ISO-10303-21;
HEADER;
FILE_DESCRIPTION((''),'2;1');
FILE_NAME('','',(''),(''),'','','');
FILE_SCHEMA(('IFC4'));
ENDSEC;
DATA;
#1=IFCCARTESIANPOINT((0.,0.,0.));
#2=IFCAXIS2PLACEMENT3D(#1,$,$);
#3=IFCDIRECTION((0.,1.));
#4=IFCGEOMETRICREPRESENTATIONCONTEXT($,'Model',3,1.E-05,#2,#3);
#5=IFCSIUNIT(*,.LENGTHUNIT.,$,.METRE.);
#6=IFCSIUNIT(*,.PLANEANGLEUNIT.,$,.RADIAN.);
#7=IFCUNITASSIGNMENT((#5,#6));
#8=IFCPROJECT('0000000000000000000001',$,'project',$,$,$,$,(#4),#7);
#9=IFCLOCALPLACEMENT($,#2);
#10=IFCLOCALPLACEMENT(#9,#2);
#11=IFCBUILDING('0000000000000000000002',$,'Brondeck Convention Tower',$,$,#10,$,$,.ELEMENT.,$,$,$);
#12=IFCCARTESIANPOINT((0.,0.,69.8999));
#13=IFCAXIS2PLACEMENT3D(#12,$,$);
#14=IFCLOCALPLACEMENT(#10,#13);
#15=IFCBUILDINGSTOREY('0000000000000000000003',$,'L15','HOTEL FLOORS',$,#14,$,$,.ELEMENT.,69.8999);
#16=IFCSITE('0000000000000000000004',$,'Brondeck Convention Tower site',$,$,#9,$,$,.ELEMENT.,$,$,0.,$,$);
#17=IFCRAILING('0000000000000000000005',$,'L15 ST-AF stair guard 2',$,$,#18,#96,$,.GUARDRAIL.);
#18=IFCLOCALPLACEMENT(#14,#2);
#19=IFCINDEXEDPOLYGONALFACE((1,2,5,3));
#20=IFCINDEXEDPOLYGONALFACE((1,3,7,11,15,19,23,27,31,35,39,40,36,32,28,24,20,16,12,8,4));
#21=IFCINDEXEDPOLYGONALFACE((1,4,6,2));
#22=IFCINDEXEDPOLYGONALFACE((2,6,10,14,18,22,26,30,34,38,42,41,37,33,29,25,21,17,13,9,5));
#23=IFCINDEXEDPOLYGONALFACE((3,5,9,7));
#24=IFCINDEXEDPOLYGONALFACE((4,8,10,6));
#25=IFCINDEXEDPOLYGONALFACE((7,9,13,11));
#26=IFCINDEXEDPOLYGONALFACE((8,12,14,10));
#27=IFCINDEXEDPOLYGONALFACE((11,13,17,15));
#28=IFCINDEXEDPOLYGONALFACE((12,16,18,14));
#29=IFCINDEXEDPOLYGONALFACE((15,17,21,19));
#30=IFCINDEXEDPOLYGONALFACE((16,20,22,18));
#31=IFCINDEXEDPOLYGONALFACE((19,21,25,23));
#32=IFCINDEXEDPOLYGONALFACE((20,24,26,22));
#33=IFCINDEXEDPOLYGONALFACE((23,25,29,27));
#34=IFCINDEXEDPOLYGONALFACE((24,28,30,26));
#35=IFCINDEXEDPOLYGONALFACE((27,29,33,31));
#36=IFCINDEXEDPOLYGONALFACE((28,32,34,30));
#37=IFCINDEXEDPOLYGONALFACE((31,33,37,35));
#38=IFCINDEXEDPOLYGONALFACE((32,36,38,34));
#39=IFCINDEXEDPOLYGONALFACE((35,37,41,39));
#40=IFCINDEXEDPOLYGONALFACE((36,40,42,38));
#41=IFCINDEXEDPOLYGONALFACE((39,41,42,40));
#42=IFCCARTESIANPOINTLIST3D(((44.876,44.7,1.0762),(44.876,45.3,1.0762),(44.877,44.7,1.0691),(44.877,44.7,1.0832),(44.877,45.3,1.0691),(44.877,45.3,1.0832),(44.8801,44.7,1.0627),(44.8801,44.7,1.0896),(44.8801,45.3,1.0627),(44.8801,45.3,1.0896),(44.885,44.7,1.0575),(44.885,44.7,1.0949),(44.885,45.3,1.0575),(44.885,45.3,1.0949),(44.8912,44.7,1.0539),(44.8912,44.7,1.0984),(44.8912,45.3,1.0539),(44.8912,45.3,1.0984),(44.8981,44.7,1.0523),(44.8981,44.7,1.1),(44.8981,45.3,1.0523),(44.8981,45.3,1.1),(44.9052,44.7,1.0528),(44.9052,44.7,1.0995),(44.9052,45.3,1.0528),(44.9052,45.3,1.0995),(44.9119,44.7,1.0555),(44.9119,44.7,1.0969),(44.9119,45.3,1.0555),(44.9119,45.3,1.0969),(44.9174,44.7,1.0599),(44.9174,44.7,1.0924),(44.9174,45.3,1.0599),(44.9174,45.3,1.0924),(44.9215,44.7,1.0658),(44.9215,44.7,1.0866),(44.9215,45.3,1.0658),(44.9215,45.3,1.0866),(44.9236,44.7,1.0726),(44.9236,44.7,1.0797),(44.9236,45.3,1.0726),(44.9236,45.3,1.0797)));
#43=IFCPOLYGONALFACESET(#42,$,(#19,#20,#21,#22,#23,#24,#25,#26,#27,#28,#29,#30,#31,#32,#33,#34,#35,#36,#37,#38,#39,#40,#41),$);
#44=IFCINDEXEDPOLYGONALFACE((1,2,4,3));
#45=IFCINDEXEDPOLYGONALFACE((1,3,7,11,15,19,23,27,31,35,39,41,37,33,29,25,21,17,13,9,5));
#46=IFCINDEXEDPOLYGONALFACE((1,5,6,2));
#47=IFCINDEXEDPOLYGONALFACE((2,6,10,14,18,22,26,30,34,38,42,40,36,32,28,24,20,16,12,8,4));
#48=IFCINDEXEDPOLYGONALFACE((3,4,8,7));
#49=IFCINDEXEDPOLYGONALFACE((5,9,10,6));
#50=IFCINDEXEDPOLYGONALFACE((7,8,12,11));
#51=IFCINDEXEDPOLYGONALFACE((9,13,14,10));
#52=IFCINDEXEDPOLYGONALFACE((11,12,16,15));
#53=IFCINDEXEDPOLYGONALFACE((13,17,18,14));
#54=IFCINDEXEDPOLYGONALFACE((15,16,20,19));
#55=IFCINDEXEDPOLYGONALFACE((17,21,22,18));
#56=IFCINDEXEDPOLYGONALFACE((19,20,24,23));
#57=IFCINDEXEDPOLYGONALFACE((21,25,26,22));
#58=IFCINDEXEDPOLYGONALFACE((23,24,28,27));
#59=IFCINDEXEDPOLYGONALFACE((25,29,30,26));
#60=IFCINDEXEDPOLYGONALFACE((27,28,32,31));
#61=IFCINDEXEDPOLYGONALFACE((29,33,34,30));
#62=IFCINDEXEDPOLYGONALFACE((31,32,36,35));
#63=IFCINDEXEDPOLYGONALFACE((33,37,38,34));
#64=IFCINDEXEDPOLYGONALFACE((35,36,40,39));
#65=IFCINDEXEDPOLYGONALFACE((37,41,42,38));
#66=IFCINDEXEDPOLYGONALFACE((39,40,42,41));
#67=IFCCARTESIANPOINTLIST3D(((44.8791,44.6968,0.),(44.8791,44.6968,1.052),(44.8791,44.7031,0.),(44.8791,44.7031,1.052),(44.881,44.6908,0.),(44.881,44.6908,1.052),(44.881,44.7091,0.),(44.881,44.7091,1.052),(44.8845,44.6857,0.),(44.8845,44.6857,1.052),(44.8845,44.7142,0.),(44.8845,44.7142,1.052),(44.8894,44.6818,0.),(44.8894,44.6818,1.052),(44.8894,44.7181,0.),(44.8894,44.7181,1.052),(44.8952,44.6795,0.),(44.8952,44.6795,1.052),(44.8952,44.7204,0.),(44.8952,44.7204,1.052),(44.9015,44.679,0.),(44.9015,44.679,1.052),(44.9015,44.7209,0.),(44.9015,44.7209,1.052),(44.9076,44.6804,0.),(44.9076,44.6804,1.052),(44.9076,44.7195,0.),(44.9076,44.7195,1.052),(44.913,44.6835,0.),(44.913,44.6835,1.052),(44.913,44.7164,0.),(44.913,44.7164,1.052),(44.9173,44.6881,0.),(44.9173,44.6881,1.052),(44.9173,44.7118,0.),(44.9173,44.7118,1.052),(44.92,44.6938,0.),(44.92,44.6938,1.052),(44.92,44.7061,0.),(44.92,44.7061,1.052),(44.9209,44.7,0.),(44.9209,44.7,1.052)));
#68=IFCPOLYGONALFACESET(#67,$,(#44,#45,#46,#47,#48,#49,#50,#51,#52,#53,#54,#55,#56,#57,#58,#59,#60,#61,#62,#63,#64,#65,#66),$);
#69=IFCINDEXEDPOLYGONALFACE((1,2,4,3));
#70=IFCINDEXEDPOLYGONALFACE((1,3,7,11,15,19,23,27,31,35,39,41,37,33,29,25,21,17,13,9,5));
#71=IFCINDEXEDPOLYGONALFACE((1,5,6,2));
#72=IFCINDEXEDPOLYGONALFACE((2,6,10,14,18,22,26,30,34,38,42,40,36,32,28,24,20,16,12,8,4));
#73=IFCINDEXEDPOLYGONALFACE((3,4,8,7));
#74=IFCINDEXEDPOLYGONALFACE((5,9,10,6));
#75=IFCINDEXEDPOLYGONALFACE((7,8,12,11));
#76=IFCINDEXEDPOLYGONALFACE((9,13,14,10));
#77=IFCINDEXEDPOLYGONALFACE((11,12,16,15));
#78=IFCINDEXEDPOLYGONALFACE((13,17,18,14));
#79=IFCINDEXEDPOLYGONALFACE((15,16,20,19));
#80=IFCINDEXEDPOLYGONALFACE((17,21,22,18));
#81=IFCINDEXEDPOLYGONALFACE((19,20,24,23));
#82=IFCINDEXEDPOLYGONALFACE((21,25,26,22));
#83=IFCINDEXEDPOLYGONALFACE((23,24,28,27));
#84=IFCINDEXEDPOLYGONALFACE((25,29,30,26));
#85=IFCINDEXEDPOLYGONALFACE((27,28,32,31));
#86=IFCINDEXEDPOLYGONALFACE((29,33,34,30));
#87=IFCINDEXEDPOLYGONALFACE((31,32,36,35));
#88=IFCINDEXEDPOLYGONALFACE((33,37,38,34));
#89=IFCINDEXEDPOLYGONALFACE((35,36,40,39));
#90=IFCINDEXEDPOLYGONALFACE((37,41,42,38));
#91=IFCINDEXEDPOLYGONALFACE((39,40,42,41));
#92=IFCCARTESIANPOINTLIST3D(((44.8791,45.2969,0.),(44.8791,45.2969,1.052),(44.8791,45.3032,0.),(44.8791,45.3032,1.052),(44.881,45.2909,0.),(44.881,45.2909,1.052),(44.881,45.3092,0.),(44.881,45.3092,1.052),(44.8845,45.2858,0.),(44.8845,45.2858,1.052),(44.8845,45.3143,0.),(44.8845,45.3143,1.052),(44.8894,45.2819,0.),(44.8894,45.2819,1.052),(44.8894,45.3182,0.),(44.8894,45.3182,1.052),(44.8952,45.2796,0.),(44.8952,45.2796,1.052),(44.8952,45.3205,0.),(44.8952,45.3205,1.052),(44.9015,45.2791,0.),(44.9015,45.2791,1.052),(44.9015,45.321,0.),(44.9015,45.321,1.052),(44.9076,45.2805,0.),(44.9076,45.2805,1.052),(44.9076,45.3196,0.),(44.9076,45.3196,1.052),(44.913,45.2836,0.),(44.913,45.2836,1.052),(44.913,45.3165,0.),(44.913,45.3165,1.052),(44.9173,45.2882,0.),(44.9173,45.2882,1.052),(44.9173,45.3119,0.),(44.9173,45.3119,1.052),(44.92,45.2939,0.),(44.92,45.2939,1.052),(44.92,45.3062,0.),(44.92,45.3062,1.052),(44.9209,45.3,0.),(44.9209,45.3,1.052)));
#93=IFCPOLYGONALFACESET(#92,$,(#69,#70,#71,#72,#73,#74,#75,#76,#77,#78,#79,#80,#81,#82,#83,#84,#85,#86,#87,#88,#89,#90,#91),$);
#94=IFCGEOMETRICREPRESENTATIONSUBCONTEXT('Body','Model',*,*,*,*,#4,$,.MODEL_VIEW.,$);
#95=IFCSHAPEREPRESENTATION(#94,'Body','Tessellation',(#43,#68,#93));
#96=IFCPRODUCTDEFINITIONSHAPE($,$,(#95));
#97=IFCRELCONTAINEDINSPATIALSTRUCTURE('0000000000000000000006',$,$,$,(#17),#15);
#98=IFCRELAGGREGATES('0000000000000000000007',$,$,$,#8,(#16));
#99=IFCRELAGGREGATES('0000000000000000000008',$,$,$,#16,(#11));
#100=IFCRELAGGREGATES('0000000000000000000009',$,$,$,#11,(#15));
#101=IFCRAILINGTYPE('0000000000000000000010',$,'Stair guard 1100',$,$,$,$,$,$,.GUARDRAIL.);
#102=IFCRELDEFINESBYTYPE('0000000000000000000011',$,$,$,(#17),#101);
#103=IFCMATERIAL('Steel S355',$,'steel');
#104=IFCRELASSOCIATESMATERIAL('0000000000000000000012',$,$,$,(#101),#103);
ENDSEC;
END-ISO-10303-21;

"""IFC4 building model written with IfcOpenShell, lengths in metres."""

from ifc_helpers import new_model, si_unit, direction, frame, origin, origin_2d, place, context, subcontext, project, spatial, circle, extrude, material, type_object, element, save


model = new_model("IFC4")

# Units and contexts
model_context = context("Model", 3, precision=1e-05, world=origin(), true_north=direction((0.0, 1.0)))
body_context = subcontext(model_context, "Body", "Model", "MODEL_VIEW")
ifc_project = project(units=[si_unit("LENGTHUNIT", "METRE"), si_unit("PLANEANGLEUNIT", "RADIAN")], contexts=[model_context])

# Site, building, storey
site_placement = place(None, origin())
site = spatial("IfcSite", under=ifc_project, at=site_placement, Name="Brondeck Convention Tower site", CompositionType="ELEMENT", RefElevation=0.0)
building_placement = place(site_placement, origin())
building = spatial("IfcBuilding", under=site, at=building_placement, Name="Brondeck Convention Tower", CompositionType="ELEMENT")
storey_placement = place(building_placement, frame((0.0, 0.0, 69.8999)))
storey = spatial("IfcBuildingStorey", under=building, at=storey_placement, Name="L15", Description="HOTEL FLOORS", CompositionType="ELEMENT", Elevation=69.8999)

# Shared definitions
ifc_material_1 = material(Name="Steel S355", Category="steel")

# Railing
railing_type_1 = type_object("IfcRailingType", Name="Stair guard 1100", PredefinedType="GUARDRAIL", material=ifc_material_1)
railing_1_placement = place(storey_placement, frame((44.8999, 44.7, 0.0)))
element("IfcRailing", 1, at=railing_1_placement, inside=storey, type_object=railing_type_1, Name="L15 ST-AF stair guard 2", PredefinedType="GUARDRAIL", context=body_context, shape_type="SweptSolid", body=[
    extrude(circle(Radius=0.0239, at=origin_2d()), frame((0.0, 0.0, 1.0762), z_axis=(0.0, 1.0, 0.0), x_axis=(-1.0, 0.0, 0.0)), (0.0, 0.0, 1.0), 0.6001),
    extrude(circle(Radius=0.021, at=origin_2d()), origin(), (0.0, 0.0, 1.0), 1.052),
    extrude(circle(Radius=0.021, at=origin_2d()), frame((0.0, 0.6001, 0.0)), (0.0, 0.0, 1.0), 1.052),
])

save(model, "model.ifc")
